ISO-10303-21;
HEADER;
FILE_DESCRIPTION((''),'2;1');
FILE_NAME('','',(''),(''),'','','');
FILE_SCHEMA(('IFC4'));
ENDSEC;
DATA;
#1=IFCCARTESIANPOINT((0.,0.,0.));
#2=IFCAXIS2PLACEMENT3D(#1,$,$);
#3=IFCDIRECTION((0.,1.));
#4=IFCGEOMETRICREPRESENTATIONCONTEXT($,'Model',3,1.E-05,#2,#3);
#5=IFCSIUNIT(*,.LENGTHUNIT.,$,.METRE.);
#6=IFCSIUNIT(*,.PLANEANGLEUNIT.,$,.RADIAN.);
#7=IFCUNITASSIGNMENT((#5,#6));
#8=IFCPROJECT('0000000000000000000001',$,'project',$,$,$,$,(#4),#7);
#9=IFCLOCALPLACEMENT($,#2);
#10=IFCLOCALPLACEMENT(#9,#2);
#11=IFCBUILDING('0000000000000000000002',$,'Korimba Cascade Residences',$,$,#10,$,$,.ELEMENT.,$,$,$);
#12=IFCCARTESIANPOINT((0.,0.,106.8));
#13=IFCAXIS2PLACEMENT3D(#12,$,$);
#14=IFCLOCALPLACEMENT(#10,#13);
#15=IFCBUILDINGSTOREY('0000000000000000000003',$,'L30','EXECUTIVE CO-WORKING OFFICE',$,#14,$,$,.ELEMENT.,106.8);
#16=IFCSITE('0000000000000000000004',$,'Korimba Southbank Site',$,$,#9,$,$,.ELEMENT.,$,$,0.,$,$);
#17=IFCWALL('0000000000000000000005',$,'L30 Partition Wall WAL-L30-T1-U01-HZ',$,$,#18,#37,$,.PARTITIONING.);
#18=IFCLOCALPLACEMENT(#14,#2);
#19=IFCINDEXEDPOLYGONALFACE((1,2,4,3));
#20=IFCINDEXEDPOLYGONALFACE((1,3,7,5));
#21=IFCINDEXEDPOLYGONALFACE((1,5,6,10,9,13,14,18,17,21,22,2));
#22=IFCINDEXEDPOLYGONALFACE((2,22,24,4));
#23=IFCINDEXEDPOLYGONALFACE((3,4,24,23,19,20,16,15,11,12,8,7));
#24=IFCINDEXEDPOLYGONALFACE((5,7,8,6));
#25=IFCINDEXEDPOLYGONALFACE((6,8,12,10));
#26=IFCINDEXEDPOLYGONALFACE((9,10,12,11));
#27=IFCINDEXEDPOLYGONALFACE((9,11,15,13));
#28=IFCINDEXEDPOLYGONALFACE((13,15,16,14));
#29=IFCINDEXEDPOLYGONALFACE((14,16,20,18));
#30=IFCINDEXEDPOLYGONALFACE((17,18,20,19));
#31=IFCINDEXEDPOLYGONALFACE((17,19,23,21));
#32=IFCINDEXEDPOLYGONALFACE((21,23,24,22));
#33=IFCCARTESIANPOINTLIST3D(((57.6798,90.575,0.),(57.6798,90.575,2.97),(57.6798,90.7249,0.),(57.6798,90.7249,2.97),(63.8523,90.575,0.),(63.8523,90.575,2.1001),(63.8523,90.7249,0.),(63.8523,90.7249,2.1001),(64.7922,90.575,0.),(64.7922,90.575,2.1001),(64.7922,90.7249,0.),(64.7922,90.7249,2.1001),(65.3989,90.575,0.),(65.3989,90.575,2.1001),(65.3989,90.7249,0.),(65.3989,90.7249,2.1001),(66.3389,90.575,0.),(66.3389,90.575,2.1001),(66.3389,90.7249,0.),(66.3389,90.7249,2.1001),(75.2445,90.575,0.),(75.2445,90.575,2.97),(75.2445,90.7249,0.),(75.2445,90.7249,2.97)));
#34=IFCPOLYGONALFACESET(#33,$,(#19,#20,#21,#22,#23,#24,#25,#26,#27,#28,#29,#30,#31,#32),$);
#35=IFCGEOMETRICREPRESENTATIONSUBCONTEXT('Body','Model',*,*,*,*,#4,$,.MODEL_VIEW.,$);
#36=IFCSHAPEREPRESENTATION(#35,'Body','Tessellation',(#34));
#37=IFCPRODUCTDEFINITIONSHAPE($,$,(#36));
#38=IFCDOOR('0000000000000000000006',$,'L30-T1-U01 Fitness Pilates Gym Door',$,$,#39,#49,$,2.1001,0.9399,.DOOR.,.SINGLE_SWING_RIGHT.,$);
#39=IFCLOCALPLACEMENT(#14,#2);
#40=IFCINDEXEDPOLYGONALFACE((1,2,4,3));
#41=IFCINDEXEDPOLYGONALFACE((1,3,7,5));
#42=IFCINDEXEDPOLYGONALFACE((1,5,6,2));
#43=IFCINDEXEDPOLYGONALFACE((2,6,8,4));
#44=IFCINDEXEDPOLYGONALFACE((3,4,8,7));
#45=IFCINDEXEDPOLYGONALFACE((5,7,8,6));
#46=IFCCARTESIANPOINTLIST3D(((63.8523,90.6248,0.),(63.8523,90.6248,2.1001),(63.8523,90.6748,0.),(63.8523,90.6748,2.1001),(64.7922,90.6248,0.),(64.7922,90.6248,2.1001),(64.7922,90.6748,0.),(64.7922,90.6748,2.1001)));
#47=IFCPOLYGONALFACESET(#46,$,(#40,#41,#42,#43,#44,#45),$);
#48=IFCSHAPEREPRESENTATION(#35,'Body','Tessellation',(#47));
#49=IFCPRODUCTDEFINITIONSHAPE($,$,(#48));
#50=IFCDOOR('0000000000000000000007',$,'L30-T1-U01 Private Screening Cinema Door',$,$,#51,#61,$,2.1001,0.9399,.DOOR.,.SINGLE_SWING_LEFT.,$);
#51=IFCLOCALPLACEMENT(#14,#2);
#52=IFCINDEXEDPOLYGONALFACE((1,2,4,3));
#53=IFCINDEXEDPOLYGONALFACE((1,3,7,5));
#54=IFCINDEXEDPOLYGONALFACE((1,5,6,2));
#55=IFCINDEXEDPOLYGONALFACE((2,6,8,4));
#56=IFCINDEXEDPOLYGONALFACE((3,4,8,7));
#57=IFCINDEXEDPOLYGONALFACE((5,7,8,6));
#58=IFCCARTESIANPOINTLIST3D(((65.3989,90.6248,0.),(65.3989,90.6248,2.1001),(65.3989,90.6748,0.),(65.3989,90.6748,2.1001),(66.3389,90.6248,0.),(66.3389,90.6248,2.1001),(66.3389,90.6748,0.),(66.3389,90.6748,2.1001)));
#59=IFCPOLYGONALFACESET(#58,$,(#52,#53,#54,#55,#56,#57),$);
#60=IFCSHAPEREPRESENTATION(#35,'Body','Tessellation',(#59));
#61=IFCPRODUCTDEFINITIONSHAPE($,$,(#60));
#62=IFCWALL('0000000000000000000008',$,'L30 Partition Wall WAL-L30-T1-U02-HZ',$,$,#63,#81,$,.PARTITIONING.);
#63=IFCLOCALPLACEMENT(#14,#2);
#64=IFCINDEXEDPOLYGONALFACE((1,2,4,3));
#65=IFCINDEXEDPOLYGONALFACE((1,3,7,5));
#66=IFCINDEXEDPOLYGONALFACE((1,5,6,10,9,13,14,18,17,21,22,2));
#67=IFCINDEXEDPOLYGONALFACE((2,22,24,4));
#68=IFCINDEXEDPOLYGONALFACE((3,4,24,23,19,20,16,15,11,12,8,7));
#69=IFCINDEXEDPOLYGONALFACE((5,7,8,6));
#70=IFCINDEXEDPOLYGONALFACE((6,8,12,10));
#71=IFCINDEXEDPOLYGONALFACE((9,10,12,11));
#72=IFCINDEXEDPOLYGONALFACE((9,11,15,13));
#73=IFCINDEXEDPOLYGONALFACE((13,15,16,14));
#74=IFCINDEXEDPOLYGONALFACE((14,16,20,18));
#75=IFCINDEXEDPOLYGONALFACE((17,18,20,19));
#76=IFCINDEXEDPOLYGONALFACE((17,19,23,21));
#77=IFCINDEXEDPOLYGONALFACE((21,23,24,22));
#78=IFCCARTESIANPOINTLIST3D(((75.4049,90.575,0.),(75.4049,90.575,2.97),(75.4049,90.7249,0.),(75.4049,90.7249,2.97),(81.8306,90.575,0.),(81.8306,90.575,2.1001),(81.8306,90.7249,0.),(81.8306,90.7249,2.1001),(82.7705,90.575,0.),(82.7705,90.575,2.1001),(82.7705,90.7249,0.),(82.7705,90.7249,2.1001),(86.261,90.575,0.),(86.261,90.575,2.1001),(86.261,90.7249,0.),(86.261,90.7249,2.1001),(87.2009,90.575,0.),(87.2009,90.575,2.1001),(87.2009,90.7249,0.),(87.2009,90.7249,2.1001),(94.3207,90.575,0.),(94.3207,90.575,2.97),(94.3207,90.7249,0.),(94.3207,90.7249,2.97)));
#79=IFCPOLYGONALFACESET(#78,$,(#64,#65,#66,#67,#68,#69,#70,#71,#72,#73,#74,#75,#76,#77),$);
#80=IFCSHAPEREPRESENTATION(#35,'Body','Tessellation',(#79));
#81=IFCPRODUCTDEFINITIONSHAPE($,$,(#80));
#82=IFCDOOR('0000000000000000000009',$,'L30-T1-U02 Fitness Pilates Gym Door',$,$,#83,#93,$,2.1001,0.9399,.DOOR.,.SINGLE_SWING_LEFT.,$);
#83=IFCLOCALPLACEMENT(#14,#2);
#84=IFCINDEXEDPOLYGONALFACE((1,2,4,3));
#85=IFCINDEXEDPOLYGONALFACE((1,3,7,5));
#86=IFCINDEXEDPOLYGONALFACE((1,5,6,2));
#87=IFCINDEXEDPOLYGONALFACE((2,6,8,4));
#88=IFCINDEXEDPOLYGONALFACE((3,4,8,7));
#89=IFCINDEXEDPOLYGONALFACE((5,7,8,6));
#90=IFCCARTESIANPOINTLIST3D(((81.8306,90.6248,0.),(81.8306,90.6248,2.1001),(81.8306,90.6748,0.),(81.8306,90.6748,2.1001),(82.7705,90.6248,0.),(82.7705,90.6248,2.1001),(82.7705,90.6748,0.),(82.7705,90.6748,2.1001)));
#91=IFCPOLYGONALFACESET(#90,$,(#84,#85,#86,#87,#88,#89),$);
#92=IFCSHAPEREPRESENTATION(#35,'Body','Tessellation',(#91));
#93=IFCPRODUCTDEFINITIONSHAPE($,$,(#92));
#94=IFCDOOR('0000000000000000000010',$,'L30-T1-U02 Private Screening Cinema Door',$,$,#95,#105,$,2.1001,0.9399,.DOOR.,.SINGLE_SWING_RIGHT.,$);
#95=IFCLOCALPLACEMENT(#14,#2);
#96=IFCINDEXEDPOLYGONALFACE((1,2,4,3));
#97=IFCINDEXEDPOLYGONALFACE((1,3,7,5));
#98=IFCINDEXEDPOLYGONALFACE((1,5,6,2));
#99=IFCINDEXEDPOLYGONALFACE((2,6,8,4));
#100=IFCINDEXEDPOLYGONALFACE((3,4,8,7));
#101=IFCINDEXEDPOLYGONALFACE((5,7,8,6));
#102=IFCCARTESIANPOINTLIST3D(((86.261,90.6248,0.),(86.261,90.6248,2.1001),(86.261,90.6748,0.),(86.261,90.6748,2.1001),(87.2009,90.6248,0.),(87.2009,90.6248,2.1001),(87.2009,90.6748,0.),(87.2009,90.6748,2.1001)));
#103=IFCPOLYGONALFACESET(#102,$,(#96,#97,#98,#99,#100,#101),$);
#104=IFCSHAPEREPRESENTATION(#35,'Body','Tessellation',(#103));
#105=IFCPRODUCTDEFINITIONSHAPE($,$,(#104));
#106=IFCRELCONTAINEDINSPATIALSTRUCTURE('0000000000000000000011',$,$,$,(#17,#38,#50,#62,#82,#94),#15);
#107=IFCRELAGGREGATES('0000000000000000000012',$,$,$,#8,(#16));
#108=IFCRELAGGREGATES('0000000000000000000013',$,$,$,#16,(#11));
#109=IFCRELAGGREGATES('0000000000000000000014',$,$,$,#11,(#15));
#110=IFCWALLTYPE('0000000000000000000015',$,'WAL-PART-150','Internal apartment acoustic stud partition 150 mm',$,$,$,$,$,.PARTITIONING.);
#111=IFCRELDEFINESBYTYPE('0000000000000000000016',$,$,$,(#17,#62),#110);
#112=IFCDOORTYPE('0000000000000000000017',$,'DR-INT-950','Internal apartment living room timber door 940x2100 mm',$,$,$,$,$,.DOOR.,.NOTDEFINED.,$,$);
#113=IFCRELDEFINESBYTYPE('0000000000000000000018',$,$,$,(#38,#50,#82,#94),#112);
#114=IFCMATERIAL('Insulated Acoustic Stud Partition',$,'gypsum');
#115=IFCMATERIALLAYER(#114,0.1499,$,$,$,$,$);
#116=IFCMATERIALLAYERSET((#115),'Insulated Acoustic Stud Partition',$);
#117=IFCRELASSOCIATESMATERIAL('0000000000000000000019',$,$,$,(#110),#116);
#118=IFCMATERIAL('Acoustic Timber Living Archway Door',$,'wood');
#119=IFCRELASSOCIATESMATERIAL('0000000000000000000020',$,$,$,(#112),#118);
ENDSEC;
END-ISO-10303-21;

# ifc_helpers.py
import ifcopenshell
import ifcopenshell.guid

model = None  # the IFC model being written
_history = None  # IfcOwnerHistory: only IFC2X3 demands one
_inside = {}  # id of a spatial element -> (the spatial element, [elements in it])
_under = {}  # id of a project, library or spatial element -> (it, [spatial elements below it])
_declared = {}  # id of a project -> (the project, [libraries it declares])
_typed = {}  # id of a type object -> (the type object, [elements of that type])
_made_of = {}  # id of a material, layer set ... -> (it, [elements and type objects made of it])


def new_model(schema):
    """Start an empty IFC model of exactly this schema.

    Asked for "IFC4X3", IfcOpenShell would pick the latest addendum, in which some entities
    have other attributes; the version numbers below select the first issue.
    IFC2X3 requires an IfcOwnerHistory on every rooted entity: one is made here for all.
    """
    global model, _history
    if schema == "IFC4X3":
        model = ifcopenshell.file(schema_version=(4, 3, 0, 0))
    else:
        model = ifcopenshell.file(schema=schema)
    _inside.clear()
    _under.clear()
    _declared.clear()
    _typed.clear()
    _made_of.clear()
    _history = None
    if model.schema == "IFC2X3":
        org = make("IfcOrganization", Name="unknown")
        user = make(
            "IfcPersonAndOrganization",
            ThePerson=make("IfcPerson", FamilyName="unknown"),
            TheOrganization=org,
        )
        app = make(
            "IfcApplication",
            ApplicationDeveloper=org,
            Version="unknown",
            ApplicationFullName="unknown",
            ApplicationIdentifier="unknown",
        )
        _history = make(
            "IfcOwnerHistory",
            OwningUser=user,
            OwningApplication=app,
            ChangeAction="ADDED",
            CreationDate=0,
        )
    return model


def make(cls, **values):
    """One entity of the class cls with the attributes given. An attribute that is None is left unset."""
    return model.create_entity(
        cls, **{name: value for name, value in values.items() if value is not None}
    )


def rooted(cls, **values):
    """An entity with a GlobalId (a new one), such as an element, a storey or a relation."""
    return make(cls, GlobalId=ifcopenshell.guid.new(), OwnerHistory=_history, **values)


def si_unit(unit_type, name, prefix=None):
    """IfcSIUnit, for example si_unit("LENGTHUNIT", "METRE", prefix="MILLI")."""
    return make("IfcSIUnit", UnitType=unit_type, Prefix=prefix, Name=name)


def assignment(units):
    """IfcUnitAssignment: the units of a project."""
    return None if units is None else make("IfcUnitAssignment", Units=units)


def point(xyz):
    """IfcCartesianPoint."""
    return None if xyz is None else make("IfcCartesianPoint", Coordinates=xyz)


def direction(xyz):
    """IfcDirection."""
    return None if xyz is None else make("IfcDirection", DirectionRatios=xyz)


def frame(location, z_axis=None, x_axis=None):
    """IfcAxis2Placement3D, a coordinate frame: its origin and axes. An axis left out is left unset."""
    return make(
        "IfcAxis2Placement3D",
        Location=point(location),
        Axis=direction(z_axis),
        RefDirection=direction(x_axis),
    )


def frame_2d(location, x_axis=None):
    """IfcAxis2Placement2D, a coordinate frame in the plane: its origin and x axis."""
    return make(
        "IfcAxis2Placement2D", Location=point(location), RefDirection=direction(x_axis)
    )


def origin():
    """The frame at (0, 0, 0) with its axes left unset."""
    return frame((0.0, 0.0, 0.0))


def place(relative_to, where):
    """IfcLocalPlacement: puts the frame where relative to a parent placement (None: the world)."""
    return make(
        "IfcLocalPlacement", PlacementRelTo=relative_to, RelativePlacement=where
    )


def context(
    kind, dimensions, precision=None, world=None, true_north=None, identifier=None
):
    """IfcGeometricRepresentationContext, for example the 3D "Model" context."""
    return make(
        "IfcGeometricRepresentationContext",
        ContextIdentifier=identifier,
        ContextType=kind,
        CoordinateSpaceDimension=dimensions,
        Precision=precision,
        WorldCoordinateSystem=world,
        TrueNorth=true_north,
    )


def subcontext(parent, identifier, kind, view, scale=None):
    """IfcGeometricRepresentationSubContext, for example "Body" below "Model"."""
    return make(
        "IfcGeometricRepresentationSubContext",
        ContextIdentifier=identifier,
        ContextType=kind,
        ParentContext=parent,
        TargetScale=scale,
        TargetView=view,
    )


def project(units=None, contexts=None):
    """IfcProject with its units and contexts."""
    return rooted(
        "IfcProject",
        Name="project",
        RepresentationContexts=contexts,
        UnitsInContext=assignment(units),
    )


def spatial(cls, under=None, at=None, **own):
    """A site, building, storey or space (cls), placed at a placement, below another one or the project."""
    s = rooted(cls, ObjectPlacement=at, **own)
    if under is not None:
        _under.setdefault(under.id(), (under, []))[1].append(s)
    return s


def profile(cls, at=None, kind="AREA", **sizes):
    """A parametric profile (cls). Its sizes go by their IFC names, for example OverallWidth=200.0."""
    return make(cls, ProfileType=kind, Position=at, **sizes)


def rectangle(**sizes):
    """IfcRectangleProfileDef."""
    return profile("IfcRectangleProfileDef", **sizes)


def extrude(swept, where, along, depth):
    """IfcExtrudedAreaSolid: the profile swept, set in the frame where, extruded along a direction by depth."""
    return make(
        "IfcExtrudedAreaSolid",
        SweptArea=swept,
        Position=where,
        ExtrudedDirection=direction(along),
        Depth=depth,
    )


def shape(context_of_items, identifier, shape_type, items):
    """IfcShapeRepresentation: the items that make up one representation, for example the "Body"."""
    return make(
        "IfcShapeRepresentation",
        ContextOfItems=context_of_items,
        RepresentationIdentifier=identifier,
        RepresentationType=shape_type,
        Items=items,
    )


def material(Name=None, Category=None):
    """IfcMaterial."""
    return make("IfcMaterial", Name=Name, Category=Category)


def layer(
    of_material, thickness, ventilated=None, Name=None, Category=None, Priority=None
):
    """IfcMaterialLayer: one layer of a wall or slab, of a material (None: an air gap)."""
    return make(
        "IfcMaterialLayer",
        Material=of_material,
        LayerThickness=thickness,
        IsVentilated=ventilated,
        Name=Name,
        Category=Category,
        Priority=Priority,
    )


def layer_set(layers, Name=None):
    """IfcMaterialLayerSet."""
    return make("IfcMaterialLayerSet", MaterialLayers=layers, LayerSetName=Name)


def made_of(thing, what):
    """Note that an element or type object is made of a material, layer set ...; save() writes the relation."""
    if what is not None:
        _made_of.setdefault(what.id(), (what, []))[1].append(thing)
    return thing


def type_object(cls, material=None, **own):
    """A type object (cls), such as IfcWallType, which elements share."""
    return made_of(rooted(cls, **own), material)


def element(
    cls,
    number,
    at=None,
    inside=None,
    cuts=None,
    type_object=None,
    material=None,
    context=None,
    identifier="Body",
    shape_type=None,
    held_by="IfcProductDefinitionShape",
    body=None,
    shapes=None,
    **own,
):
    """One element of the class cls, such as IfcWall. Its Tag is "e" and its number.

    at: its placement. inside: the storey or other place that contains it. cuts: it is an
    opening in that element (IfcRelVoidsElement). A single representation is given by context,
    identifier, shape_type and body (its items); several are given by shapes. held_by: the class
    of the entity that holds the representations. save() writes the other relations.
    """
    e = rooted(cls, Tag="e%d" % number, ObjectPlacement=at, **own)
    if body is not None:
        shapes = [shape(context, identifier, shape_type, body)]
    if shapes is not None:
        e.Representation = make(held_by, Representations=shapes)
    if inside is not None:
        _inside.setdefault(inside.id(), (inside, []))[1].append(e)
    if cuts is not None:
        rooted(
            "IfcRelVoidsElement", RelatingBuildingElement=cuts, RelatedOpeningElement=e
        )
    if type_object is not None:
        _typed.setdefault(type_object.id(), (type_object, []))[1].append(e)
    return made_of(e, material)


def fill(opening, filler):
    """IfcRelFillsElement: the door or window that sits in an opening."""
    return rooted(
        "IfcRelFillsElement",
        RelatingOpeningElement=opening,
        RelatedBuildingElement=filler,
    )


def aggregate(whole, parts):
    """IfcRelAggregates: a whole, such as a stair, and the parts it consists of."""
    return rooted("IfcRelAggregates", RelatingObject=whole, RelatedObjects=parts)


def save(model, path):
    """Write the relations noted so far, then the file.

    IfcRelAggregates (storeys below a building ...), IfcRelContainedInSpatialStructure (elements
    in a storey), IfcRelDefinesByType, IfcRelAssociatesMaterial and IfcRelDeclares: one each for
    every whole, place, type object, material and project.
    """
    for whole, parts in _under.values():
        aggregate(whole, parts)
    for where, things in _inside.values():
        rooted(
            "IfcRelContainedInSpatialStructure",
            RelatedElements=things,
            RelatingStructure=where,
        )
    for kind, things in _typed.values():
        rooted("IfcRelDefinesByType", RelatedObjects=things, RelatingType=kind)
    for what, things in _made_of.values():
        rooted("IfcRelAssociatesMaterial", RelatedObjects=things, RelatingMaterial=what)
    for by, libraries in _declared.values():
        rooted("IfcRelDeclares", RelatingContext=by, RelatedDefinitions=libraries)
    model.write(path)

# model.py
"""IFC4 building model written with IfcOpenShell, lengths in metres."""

from ifc_helpers import new_model, si_unit, direction, frame, frame_2d, origin, place, context, subcontext, project, spatial, rectangle, extrude, material, layer, layer_set, type_object, element, fill, save


model = new_model("IFC4")

# Units and contexts
model_context = context("Model", 3, precision=1e-05, world=origin(), true_north=direction((0.0, 1.0)))
body_context = subcontext(model_context, "Body", "Model", "MODEL_VIEW")
ifc_project = project(units=[si_unit("LENGTHUNIT", "METRE"), si_unit("PLANEANGLEUNIT", "RADIAN")], contexts=[model_context])

# Site, building, storey
site_placement = place(None, origin())
site = spatial("IfcSite", under=ifc_project, at=site_placement, Name="Korimba Southbank Site", CompositionType="ELEMENT", RefElevation=0.0)
building_placement = place(site_placement, origin())
building = spatial("IfcBuilding", under=site, at=building_placement, Name="Korimba Cascade Residences", CompositionType="ELEMENT")
storey_placement = place(building_placement, frame((0.0, 0.0, 106.8)))
storey = spatial("IfcBuildingStorey", under=building, at=storey_placement, Name="L30", Description="EXECUTIVE CO-WORKING OFFICE", CompositionType="ELEMENT", Elevation=106.8)

# Shared definitions
ifc_material_1 = material(Name="Insulated Acoustic Stud Partition", Category="gypsum")
ifc_layer_1 = layer(ifc_material_1, 0.1499)
ifc_layer_set_1 = layer_set([ifc_layer_1], Name="Insulated Acoustic Stud Partition")
wall_type_1 = type_object("IfcWallType", Name="WAL-PART-150", Description="Internal apartment acoustic stud partition 150 mm", PredefinedType="PARTITIONING", material=ifc_layer_set_1)

# Walls, openings, doors
wall_1_placement = place(storey_placement, frame((57.6799, 90.6499, 0.0), z_axis=(0.0, 0.0, 1.0), x_axis=(1.0, 0.0, 0.0)))
wall_1 = element("IfcWall", 1, at=wall_1_placement, inside=storey, type_object=wall_type_1, Name="L30 Partition Wall WAL-L30-T1-U01-HZ", PredefinedType="PARTITIONING", context=body_context, shape_type="SweptSolid", body=[
    extrude(rectangle(XDim=17.5647, YDim=0.1499, at=frame_2d((8.7822, 0.0))), origin(), (0.0, 0.0, 1.0), 2.97),
])
opening_1_placement = place(wall_1_placement, frame((6.1724, 0.0, 0.0)))
opening_1 = element("IfcOpeningElement", 2, at=opening_1_placement, cuts=wall_1, PredefinedType="OPENING", context=body_context, shape_type="SweptSolid", body=[
    extrude(rectangle(XDim=0.9399, YDim=2.1001, at=frame_2d((0.47, 1.05))), frame((0.0, 0.085, 0.0), z_axis=(0.0, -1.0, 0.0), x_axis=(1.0, 0.0, 0.0)), (0.0, 0.0, 1.0), 0.1699),
])
opening_2_placement = place(wall_1_placement, frame((7.719, 0.0, 0.0)))
opening_2 = element("IfcOpeningElement", 3, at=opening_2_placement, cuts=wall_1, PredefinedType="OPENING", context=body_context, shape_type="SweptSolid", body=[
    extrude(rectangle(XDim=0.9399, YDim=2.1001, at=frame_2d((0.47, 1.05))), frame((0.0, 0.085, 0.0), z_axis=(0.0, -1.0, 0.0), x_axis=(1.0, 0.0, 0.0)), (0.0, 0.0, 1.0), 0.1699),
])
ifc_material_2 = material(Name="Acoustic Timber Living Archway Door", Category="wood")
door_type = type_object("IfcDoorType", Name="DR-INT-950", Description="Internal apartment living room timber door 940x2100 mm", OperationType="NOTDEFINED", PredefinedType="DOOR", material=ifc_material_2)
door_1_placement = place(opening_1_placement, origin())
door_1 = element("IfcDoor", 4, at=door_1_placement, inside=storey, type_object=door_type, Name="L30-T1-U01 Fitness Pilates Gym Door", OperationType="SINGLE_SWING_RIGHT", OverallHeight=2.1001, OverallWidth=0.9399, PredefinedType="DOOR", context=body_context, shape_type="SweptSolid", body=[
    extrude(rectangle(XDim=0.9399, YDim=2.1001, at=frame_2d((0.47, 1.05))), frame((0.0, 0.0249, 0.0), z_axis=(0.0, -1.0, 0.0), x_axis=(1.0, 0.0, 0.0)), (0.0, 0.0, 1.0), 0.05),
])
fill(opening_1, door_1)
door_2_placement = place(opening_2_placement, origin())
door_2 = element("IfcDoor", 5, at=door_2_placement, inside=storey, type_object=door_type, Name="L30-T1-U01 Private Screening Cinema Door", OperationType="SINGLE_SWING_LEFT", OverallHeight=2.1001, OverallWidth=0.9399, PredefinedType="DOOR", context=body_context, shape_type="SweptSolid", body=[
    extrude(rectangle(XDim=0.9399, YDim=2.1001, at=frame_2d((0.47, 1.05))), frame((0.0, 0.0249, 0.0), z_axis=(0.0, -1.0, 0.0), x_axis=(1.0, 0.0, 0.0)), (0.0, 0.0, 1.0), 0.05),
])
fill(opening_2, door_2)
wall_2_placement = place(storey_placement, frame((75.4048, 90.6499, 0.0), z_axis=(0.0, 0.0, 1.0), x_axis=(1.0, 0.0, 0.0)))
wall_2 = element("IfcWall", 6, at=wall_2_placement, inside=storey, type_object=wall_type_1, Name="L30 Partition Wall WAL-L30-T1-U02-HZ", PredefinedType="PARTITIONING", context=body_context, shape_type="SweptSolid", body=[
    extrude(rectangle(XDim=18.9158, YDim=0.1499, at=frame_2d((9.458, 0.0))), origin(), (0.0, 0.0, 1.0), 2.97),
])
opening_3_placement = place(wall_2_placement, frame((6.4258, 0.0, 0.0)))
opening_3 = element("IfcOpeningElement", 7, at=opening_3_placement, cuts=wall_2, PredefinedType="OPENING", context=body_context, shape_type="SweptSolid", body=[
    extrude(rectangle(XDim=0.9399, YDim=2.1001, at=frame_2d((0.47, 1.05))), frame((0.0, 0.085, 0.0), z_axis=(0.0, -1.0, 0.0), x_axis=(1.0, 0.0, 0.0)), (0.0, 0.0, 1.0), 0.1699),
])
opening_4_placement = place(wall_2_placement, frame((10.8562, 0.0, 0.0)))
opening_4 = element("IfcOpeningElement", 8, at=opening_4_placement, cuts=wall_2, PredefinedType="OPENING", context=body_context, shape_type="SweptSolid", body=[
    extrude(rectangle(XDim=0.9399, YDim=2.1001, at=frame_2d((0.47, 1.05))), frame((0.0, 0.085, 0.0), z_axis=(0.0, -1.0, 0.0), x_axis=(1.0, 0.0, 0.0)), (0.0, 0.0, 1.0), 0.1699),
])
door_3_placement = place(opening_3_placement, origin())
door_3 = element("IfcDoor", 9, at=door_3_placement, inside=storey, type_object=door_type, Name="L30-T1-U02 Fitness Pilates Gym Door", OperationType="SINGLE_SWING_LEFT", OverallHeight=2.1001, OverallWidth=0.9399, PredefinedType="DOOR", context=body_context, shape_type="SweptSolid", body=[
    extrude(rectangle(XDim=0.9399, YDim=2.1001, at=frame_2d((0.47, 1.05))), frame((0.0, 0.0249, 0.0), z_axis=(0.0, -1.0, 0.0), x_axis=(1.0, 0.0, 0.0)), (0.0, 0.0, 1.0), 0.05),
])
fill(opening_3, door_3)
door_4_placement = place(opening_4_placement, origin())
door_4 = element("IfcDoor", 10, at=door_4_placement, inside=storey, type_object=door_type, Name="L30-T1-U02 Private Screening Cinema Door", OperationType="SINGLE_SWING_RIGHT", OverallHeight=2.1001, OverallWidth=0.9399, PredefinedType="DOOR", context=body_context, shape_type="SweptSolid", body=[
    extrude(rectangle(XDim=0.9399, YDim=2.1001, at=frame_2d((0.47, 1.05))), frame((0.0, 0.0249, 0.0), z_axis=(0.0, -1.0, 0.0), x_axis=(1.0, 0.0, 0.0)), (0.0, 0.0, 1.0), 0.05),
])
fill(opening_4, door_4)

save(model, "model.ifc")
